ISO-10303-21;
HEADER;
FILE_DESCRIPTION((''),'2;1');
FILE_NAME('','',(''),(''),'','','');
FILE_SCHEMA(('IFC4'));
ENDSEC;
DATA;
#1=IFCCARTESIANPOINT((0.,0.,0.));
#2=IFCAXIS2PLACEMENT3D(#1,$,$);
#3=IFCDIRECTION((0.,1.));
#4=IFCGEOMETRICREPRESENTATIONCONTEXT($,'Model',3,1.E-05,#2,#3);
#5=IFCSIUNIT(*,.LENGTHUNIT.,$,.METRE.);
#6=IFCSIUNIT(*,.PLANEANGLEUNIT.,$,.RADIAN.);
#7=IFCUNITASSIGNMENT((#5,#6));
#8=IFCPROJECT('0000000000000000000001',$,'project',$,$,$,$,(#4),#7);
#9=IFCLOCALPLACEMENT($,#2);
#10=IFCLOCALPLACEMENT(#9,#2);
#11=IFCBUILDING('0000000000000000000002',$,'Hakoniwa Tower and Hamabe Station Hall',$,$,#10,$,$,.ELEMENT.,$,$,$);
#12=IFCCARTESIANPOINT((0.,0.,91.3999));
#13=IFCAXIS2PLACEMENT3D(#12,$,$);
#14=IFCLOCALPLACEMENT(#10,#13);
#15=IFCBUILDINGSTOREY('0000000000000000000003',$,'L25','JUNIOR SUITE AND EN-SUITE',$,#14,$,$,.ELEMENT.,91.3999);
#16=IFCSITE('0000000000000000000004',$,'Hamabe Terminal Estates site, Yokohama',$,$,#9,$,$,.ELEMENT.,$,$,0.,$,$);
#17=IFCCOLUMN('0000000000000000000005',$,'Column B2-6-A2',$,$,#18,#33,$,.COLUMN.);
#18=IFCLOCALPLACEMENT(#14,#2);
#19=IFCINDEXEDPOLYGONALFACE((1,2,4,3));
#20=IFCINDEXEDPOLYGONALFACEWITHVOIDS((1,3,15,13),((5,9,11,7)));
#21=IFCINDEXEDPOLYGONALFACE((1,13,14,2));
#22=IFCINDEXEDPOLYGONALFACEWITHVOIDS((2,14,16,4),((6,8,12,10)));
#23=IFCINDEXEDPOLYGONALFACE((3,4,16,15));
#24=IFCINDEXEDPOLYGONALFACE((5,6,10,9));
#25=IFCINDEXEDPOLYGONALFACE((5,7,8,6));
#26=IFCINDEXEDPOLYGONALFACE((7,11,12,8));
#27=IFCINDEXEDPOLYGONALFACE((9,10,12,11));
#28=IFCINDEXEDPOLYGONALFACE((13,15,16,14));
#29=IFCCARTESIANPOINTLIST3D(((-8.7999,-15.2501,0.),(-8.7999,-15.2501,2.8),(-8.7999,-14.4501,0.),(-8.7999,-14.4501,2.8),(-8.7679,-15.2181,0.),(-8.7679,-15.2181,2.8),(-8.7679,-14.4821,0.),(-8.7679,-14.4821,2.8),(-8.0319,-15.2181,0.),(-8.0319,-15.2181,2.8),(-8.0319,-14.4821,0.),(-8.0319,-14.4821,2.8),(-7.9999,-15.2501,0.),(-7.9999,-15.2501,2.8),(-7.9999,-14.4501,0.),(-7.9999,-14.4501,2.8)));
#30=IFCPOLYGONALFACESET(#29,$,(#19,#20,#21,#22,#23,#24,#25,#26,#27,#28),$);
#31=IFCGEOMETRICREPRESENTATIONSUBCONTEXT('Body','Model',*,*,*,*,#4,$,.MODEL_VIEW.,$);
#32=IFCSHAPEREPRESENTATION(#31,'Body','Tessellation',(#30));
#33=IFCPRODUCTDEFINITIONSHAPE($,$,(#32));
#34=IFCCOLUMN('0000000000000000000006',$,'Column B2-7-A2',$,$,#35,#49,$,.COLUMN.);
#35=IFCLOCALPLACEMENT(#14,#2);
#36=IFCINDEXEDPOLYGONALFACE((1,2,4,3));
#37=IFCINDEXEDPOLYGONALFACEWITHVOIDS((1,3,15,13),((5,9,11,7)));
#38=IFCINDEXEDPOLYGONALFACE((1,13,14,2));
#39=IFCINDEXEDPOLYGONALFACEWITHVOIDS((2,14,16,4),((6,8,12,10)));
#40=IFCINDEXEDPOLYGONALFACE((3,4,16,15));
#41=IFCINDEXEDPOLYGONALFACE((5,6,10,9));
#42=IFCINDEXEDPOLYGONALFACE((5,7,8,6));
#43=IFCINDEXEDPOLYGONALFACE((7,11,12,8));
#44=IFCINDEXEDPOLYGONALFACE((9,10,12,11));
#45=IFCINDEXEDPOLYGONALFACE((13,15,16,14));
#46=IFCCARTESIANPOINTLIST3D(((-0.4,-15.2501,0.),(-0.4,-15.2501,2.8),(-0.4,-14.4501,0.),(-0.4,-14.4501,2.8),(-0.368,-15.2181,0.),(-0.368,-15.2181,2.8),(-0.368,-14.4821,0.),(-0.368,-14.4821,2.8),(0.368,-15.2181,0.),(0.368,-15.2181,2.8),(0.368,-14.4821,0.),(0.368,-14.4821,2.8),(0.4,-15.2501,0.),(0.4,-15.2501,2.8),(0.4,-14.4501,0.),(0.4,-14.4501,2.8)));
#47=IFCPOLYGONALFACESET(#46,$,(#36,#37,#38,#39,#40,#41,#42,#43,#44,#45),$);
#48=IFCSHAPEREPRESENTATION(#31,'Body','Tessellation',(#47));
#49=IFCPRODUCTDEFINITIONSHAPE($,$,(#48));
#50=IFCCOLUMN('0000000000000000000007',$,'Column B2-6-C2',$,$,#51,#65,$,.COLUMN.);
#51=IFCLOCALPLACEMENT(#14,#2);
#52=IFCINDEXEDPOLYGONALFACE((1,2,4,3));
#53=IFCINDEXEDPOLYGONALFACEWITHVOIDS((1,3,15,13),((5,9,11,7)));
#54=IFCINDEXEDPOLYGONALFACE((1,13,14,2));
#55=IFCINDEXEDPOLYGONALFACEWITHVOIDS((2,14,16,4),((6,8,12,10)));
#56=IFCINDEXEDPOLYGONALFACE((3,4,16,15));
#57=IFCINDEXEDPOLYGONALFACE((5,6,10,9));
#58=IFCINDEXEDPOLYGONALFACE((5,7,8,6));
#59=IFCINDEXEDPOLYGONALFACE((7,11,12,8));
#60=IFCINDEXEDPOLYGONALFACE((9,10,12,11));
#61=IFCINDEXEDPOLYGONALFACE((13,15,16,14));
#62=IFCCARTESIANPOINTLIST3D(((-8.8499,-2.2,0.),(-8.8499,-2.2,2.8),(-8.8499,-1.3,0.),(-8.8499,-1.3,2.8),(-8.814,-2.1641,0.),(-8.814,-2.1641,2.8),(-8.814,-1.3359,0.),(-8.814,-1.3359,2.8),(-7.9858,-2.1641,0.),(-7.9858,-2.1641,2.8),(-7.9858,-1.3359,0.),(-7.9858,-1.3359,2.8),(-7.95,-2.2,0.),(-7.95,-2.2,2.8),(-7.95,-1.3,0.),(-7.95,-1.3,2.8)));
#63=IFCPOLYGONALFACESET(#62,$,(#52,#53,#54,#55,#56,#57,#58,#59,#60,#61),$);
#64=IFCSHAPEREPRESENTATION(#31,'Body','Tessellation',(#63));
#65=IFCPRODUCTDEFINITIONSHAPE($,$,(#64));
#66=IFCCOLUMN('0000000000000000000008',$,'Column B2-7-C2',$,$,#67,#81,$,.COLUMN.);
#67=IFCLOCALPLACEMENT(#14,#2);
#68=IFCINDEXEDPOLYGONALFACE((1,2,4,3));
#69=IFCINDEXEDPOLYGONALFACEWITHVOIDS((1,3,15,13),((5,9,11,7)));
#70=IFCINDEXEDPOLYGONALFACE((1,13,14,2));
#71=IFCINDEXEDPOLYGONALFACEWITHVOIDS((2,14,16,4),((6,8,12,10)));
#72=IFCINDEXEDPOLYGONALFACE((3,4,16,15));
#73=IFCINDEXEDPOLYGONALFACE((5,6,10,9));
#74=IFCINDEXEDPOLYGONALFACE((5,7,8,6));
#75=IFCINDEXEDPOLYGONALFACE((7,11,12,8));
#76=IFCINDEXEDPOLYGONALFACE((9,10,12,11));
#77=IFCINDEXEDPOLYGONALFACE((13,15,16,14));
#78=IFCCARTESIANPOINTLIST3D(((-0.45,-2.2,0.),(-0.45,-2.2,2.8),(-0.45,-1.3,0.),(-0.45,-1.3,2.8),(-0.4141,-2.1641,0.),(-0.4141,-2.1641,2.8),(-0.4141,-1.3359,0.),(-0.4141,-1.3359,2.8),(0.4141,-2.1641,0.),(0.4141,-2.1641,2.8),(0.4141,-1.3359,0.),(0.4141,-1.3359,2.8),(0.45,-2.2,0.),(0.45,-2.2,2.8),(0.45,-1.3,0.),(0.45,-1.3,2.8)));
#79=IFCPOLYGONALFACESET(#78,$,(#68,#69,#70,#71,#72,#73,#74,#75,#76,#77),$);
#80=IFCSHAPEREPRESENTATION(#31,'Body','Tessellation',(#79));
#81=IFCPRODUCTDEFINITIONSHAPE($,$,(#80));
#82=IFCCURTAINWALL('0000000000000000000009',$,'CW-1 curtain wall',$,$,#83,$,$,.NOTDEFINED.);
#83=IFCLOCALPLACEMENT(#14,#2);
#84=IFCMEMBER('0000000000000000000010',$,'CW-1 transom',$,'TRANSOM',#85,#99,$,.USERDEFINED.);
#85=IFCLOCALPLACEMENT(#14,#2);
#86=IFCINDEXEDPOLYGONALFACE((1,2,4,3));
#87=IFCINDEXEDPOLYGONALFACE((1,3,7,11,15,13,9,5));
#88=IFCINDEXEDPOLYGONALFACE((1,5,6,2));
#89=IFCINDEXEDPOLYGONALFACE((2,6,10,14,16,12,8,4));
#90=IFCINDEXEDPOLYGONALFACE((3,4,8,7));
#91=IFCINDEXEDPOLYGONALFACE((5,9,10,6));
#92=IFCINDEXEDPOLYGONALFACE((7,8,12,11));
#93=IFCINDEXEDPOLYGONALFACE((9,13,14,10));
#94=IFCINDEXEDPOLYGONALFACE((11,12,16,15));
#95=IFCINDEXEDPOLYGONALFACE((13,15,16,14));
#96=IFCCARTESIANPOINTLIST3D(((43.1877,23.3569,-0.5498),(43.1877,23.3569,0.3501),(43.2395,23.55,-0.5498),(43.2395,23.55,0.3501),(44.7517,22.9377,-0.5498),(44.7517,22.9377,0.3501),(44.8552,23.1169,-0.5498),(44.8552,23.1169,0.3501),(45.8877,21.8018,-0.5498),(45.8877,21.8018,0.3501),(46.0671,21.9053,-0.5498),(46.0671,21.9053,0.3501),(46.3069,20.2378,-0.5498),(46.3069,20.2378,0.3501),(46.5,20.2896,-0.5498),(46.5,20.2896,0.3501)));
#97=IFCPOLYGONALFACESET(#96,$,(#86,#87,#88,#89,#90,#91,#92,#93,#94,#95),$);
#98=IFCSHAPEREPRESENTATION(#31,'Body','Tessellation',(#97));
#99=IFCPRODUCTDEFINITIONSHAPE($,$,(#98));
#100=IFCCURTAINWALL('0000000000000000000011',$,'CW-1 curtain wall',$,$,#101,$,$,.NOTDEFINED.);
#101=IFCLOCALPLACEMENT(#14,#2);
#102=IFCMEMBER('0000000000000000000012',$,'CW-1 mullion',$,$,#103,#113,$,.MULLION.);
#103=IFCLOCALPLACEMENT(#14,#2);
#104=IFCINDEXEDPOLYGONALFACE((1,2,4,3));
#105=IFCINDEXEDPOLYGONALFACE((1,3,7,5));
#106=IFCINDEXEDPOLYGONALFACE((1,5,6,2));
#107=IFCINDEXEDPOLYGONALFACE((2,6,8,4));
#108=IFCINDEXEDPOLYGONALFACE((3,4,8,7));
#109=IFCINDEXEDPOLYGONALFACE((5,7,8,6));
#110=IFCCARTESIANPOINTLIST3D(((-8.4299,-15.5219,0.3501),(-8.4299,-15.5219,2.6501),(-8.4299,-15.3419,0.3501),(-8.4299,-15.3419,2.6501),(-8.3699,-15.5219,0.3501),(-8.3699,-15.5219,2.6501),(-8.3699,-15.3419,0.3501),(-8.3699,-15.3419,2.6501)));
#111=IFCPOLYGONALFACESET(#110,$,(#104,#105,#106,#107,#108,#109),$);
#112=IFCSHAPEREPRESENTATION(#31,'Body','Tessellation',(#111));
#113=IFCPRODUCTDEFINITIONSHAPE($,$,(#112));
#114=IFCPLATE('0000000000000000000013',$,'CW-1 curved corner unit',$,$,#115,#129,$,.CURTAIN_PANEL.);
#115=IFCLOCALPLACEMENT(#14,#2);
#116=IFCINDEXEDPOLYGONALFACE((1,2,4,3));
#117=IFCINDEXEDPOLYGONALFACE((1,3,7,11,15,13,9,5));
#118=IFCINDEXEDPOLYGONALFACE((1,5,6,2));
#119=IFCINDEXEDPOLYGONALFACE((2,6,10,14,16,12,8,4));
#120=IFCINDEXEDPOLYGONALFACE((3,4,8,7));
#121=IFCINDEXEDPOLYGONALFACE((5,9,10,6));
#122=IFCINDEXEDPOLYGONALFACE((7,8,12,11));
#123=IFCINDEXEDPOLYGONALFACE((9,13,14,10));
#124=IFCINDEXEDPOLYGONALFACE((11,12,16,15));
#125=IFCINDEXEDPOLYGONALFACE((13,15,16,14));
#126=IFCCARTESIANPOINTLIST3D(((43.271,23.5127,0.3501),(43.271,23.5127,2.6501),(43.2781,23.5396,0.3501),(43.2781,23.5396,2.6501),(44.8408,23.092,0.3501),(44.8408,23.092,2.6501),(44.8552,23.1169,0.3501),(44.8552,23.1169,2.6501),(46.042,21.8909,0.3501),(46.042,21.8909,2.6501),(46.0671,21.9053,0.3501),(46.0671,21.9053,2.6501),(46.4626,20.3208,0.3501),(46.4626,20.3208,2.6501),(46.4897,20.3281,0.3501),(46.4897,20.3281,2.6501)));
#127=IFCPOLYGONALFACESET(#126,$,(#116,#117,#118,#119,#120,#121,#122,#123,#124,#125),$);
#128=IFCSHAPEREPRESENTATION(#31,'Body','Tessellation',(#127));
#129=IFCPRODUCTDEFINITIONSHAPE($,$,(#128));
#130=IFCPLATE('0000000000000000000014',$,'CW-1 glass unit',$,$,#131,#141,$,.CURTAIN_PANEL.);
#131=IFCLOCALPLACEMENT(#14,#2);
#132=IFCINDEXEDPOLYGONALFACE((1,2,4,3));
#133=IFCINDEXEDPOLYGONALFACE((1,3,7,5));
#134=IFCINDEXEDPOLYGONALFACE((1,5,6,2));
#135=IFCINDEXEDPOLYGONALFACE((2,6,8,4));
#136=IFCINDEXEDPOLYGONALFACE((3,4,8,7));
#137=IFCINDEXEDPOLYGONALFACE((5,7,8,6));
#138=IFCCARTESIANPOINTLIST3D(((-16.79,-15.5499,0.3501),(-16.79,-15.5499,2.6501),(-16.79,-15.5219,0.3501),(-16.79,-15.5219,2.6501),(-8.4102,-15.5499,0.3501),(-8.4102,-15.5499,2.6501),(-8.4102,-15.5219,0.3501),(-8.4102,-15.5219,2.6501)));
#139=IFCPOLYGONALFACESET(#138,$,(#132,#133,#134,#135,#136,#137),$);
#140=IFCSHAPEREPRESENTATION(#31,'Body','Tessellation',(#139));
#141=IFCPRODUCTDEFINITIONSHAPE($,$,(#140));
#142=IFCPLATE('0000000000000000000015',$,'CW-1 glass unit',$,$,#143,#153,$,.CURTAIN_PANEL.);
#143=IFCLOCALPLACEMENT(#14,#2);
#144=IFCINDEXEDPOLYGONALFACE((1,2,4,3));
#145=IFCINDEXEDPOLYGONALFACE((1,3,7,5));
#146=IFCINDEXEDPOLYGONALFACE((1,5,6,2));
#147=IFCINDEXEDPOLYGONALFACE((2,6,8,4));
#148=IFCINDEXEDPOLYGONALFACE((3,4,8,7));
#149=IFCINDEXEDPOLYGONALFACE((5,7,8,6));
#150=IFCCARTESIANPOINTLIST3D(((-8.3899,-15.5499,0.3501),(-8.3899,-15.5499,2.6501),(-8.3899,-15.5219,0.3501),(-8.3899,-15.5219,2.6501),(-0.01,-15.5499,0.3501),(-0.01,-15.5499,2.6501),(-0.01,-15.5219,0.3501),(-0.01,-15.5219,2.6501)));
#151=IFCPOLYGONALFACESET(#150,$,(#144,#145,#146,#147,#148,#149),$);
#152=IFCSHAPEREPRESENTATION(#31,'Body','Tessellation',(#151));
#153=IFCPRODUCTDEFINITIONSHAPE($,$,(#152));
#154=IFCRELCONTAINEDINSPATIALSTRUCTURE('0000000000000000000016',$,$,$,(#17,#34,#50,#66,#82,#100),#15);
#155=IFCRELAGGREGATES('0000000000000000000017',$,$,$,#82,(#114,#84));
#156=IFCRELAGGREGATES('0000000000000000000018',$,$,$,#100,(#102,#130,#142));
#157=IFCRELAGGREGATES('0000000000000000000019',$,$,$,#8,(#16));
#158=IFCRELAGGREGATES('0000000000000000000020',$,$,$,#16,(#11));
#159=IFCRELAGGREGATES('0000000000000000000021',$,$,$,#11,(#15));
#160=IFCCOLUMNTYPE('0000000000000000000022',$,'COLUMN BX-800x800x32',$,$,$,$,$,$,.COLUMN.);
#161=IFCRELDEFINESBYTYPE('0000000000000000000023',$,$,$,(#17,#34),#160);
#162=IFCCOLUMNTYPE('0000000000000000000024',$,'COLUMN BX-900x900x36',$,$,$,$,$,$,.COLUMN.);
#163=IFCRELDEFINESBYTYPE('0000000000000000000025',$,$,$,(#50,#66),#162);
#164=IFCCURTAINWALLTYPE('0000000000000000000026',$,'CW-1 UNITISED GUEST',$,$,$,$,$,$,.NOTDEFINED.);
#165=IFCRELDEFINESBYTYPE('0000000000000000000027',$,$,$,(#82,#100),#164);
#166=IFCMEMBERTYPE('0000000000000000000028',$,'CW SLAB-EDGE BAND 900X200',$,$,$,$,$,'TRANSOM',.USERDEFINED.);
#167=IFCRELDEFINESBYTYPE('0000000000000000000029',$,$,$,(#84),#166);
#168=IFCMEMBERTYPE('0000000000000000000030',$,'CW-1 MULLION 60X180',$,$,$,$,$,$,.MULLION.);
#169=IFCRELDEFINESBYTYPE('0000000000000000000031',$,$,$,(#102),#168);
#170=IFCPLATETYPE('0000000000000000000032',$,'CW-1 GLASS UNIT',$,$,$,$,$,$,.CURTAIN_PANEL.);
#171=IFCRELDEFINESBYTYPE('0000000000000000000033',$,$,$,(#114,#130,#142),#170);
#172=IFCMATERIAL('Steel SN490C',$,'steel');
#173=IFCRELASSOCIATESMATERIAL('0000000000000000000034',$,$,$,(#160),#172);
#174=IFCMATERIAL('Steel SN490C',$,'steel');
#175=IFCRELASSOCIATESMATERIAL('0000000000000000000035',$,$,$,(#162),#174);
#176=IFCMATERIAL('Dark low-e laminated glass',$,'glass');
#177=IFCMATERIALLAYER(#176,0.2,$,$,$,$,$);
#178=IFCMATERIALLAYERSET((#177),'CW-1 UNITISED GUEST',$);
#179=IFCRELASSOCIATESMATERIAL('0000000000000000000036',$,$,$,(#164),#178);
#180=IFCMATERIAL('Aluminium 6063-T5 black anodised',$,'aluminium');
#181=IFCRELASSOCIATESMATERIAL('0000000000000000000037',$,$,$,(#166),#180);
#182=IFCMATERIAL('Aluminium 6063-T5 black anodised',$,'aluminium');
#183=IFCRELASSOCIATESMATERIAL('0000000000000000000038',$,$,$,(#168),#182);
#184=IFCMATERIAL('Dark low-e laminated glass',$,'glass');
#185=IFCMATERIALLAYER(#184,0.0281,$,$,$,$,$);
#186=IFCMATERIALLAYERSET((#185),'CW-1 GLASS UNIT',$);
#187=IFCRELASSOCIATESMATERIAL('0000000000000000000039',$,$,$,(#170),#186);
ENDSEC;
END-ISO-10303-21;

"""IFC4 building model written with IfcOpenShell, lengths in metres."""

from ifc_helpers import new_model, si_unit, direction, frame, origin, origin_2d, place, context, subcontext, project, spatial, polyline, rectangle, hollow_rectangle, outline, extrude, material, layer, layer_set, material_profile, profile_set, type_object, element, aggregate, save


model = new_model("IFC4")

# Units and contexts
model_context = context("Model", 3, precision=1e-05, world=origin(), true_north=direction((0.0, 1.0)))
body_context = subcontext(model_context, "Body", "Model", "MODEL_VIEW")
ifc_project = project(units=[si_unit("LENGTHUNIT", "METRE"), si_unit("PLANEANGLEUNIT", "RADIAN")], contexts=[model_context])

# Site, building, storey
site_placement = place(None, origin())
site = spatial("IfcSite", under=ifc_project, at=site_placement, Name="Hamabe Terminal Estates site, Yokohama", CompositionType="ELEMENT", RefElevation=0.0)
building_placement = place(site_placement, origin())
building = spatial("IfcBuilding", under=site, at=building_placement, Name="Hakoniwa Tower and Hamabe Station Hall", CompositionType="ELEMENT")
storey_placement = place(building_placement, frame((0.0, 0.0, 91.3999)))
storey = spatial("IfcBuildingStorey", under=building, at=storey_placement, Name="L25", Description="JUNIOR SUITE AND EN-SUITE", CompositionType="ELEMENT", Elevation=91.3999)

# Columns
ifc_material_1 = material(Name="Steel SN490C", Category="steel")
ifc_material_profile_1 = material_profile(ifc_material_1, hollow_rectangle(XDim=0.8, YDim=0.8, WallThickness=0.032, at=origin_2d()), Name="BX-800x800x32")
ifc_profile_set_1 = profile_set([ifc_material_profile_1], Name="Steel SN490C")
column_type_1 = type_object("IfcColumnType", Name="COLUMN BX-800x800x32", PredefinedType="COLUMN", material=ifc_profile_set_1)
for number, where, z_axis, x_axis, name in (
    (1, (-8.3999, -14.8501, 0.0), (0.0, 0.0, 1.0), (1.0, 0.0, 0.0), "Column B2-6-A2"),
    (2, (0.0, -14.8501, 0.0), (0.0, 0.0, 1.0), (1.0, 0.0, 0.0), "Column B2-7-A2"),
):
    element("IfcColumn", number, at=place(storey_placement, frame(where, z_axis=z_axis, x_axis=x_axis)), inside=storey, type_object=column_type_1, Name=name, PredefinedType="COLUMN", context=body_context, shape_type="SweptSolid", body=[
        extrude(hollow_rectangle(XDim=0.8, YDim=0.8, WallThickness=0.032, at=origin_2d()), origin(), (0.0, 0.0, 1.0), 2.8),
    ])
ifc_material_2 = material(Name="Steel SN490C", Category="steel")
ifc_material_profile_2 = material_profile(ifc_material_2, hollow_rectangle(XDim=0.8999, YDim=0.8999, WallThickness=0.0359, at=origin_2d()), Name="BX-900x900x36")
ifc_profile_set_2 = profile_set([ifc_material_profile_2], Name="Steel SN490C")
column_type_2 = type_object("IfcColumnType", Name="COLUMN BX-900x900x36", PredefinedType="COLUMN", material=ifc_profile_set_2)
for number, where, z_axis, x_axis, name in (
    (3, (-8.3999, -1.75, 0.0), (0.0, 0.0, 1.0), (1.0, 0.0, 0.0), "Column B2-6-C2"),
    (4, (0.0, -1.75, 0.0), (0.0, 0.0, 1.0), (1.0, 0.0, 0.0), "Column B2-7-C2"),
):
    element("IfcColumn", number, at=place(storey_placement, frame(where, z_axis=z_axis, x_axis=x_axis)), inside=storey, type_object=column_type_2, Name=name, PredefinedType="COLUMN", context=body_context, shape_type="SweptSolid", body=[
        extrude(hollow_rectangle(XDim=0.8999, YDim=0.8999, WallThickness=0.0359, at=origin_2d()), origin(), (0.0, 0.0, 1.0), 2.8),
    ])

# Curtain walls, members
ifc_material_3 = material(Name="Dark low-e laminated glass", Category="glass")
ifc_layer_1 = layer(ifc_material_3, 0.2)
ifc_layer_set_1 = layer_set([ifc_layer_1], Name="CW-1 UNITISED GUEST")
curtain_wall_type = type_object("IfcCurtainWallType", Name="CW-1 UNITISED GUEST", PredefinedType="NOTDEFINED", material=ifc_layer_set_1)
curtain_wall_1_placement = place(storey_placement, origin())
curtain_wall_1 = element("IfcCurtainWall", 5, at=curtain_wall_1_placement, inside=storey, type_object=curtain_wall_type, Name="CW-1 curtain wall", PredefinedType="NOTDEFINED")
ifc_material_4 = material(Name="Aluminium 6063-T5 black anodised", Category="aluminium")
ifc_material_profile_3 = material_profile(ifc_material_4, rectangle(XDim=0.2, YDim=0.8999, at=origin_2d()), Name="CW SLAB-EDGE BAND 900X200")
ifc_profile_set_3 = profile_set([ifc_material_profile_3], Name="Aluminium 6063-T5 black anodised")
member_type_1 = type_object("IfcMemberType", Name="CW SLAB-EDGE BAND 900X200", ElementType="TRANSOM", PredefinedType="USERDEFINED", material=ifc_profile_set_3)
member_1_placement = place(storey_placement, frame((0.0, 0.0, -0.5498)))
member_1 = element("IfcMember", 6, at=member_1_placement, type_object=member_type_1, Name="CW-1 transom", ObjectType="TRANSOM", PredefinedType="USERDEFINED", context=body_context, shape_type="SweptSolid", body=[
    extrude(outline(polyline([(46.5, 20.2896), (46.0671, 21.9053), (44.8552, 23.1169), (43.2395, 23.55), (43.1877, 23.3569), (44.7517, 22.9377), (45.8877, 21.8018), (46.3069, 20.2378), (46.5, 20.2896)])), origin(), (0.0, 0.0, 1.0), 0.8999),
])
curtain_wall_2_placement = place(storey_placement, origin())
curtain_wall_2 = element("IfcCurtainWall", 7, at=curtain_wall_2_placement, inside=storey, type_object=curtain_wall_type, Name="CW-1 curtain wall", PredefinedType="NOTDEFINED")
ifc_material_5 = material(Name="Aluminium 6063-T5 black anodised", Category="aluminium")
ifc_material_profile_4 = material_profile(ifc_material_5, rectangle(XDim=0.0601, YDim=0.1799, at=origin_2d()), Name="CW-1 MULLION 60X180")
ifc_profile_set_4 = profile_set([ifc_material_profile_4], Name="Aluminium 6063-T5 black anodised")
member_type_2 = type_object("IfcMemberType", Name="CW-1 MULLION 60X180", PredefinedType="MULLION", material=ifc_profile_set_4)
member_2_placement = place(storey_placement, frame((-8.3999, -15.4319, 0.3501), z_axis=(0.0, 0.0, 1.0), x_axis=(1.0, 0.0, 0.0)))
member_2 = element("IfcMember", 8, at=member_2_placement, type_object=member_type_2, Name="CW-1 mullion", PredefinedType="MULLION", context=body_context, shape_type="SweptSolid", body=[
    extrude(rectangle(XDim=0.0601, YDim=0.1799, at=origin_2d()), origin(), (0.0, 0.0, 1.0), 2.3),
])

# Plates
ifc_material_6 = material(Name="Dark low-e laminated glass", Category="glass")
ifc_layer_2 = layer(ifc_material_6, 0.0281)
ifc_layer_set_2 = layer_set([ifc_layer_2], Name="CW-1 GLASS UNIT")
plate_type = type_object("IfcPlateType", Name="CW-1 GLASS UNIT", PredefinedType="CURTAIN_PANEL", material=ifc_layer_set_2)
plate_1_placement = place(storey_placement, frame((0.0, 0.0, 0.3501)))
plate_1 = element("IfcPlate", 9, at=plate_1_placement, type_object=plate_type, Name="CW-1 curved corner unit", PredefinedType="CURTAIN_PANEL", context=body_context, shape_type="SweptSolid", body=[
    extrude(outline(polyline([(46.4897, 20.3281), (46.0671, 21.9053), (44.8552, 23.1169), (43.2781, 23.5396), (43.271, 23.5127), (44.8408, 23.092), (46.042, 21.8909), (46.4626, 20.3208), (46.4897, 20.3281)])), origin(), (0.0, 0.0, 1.0), 2.3),
])
aggregate(curtain_wall_1, [plate_1, member_1])
plate_2_placement = place(storey_placement, frame((-12.6001, -15.5359, 0.3501), z_axis=(0.0, 0.0, 1.0), x_axis=(1.0, 0.0, 0.0)))
plate_2 = element("IfcPlate", 10, at=plate_2_placement, type_object=plate_type, Name="CW-1 glass unit", PredefinedType="CURTAIN_PANEL", context=body_context, shape_type="SweptSolid", body=[
    extrude(rectangle(XDim=8.3799, YDim=0.0281, at=origin_2d()), origin(), (0.0, 0.0, 1.0), 2.3),
])
plate_3_placement = place(storey_placement, frame((-4.2, -15.5359, 0.3501), z_axis=(0.0, 0.0, 1.0), x_axis=(1.0, 0.0, 0.0)))
plate_3 = element("IfcPlate", 11, at=plate_3_placement, type_object=plate_type, Name="CW-1 glass unit", PredefinedType="CURTAIN_PANEL", context=body_context, shape_type="SweptSolid", body=[
    extrude(rectangle(XDim=8.3799, YDim=0.0281, at=origin_2d()), origin(), (0.0, 0.0, 1.0), 2.3),
])
aggregate(curtain_wall_2, [member_2, plate_2, plate_3])

save(model, "model.ifc")
